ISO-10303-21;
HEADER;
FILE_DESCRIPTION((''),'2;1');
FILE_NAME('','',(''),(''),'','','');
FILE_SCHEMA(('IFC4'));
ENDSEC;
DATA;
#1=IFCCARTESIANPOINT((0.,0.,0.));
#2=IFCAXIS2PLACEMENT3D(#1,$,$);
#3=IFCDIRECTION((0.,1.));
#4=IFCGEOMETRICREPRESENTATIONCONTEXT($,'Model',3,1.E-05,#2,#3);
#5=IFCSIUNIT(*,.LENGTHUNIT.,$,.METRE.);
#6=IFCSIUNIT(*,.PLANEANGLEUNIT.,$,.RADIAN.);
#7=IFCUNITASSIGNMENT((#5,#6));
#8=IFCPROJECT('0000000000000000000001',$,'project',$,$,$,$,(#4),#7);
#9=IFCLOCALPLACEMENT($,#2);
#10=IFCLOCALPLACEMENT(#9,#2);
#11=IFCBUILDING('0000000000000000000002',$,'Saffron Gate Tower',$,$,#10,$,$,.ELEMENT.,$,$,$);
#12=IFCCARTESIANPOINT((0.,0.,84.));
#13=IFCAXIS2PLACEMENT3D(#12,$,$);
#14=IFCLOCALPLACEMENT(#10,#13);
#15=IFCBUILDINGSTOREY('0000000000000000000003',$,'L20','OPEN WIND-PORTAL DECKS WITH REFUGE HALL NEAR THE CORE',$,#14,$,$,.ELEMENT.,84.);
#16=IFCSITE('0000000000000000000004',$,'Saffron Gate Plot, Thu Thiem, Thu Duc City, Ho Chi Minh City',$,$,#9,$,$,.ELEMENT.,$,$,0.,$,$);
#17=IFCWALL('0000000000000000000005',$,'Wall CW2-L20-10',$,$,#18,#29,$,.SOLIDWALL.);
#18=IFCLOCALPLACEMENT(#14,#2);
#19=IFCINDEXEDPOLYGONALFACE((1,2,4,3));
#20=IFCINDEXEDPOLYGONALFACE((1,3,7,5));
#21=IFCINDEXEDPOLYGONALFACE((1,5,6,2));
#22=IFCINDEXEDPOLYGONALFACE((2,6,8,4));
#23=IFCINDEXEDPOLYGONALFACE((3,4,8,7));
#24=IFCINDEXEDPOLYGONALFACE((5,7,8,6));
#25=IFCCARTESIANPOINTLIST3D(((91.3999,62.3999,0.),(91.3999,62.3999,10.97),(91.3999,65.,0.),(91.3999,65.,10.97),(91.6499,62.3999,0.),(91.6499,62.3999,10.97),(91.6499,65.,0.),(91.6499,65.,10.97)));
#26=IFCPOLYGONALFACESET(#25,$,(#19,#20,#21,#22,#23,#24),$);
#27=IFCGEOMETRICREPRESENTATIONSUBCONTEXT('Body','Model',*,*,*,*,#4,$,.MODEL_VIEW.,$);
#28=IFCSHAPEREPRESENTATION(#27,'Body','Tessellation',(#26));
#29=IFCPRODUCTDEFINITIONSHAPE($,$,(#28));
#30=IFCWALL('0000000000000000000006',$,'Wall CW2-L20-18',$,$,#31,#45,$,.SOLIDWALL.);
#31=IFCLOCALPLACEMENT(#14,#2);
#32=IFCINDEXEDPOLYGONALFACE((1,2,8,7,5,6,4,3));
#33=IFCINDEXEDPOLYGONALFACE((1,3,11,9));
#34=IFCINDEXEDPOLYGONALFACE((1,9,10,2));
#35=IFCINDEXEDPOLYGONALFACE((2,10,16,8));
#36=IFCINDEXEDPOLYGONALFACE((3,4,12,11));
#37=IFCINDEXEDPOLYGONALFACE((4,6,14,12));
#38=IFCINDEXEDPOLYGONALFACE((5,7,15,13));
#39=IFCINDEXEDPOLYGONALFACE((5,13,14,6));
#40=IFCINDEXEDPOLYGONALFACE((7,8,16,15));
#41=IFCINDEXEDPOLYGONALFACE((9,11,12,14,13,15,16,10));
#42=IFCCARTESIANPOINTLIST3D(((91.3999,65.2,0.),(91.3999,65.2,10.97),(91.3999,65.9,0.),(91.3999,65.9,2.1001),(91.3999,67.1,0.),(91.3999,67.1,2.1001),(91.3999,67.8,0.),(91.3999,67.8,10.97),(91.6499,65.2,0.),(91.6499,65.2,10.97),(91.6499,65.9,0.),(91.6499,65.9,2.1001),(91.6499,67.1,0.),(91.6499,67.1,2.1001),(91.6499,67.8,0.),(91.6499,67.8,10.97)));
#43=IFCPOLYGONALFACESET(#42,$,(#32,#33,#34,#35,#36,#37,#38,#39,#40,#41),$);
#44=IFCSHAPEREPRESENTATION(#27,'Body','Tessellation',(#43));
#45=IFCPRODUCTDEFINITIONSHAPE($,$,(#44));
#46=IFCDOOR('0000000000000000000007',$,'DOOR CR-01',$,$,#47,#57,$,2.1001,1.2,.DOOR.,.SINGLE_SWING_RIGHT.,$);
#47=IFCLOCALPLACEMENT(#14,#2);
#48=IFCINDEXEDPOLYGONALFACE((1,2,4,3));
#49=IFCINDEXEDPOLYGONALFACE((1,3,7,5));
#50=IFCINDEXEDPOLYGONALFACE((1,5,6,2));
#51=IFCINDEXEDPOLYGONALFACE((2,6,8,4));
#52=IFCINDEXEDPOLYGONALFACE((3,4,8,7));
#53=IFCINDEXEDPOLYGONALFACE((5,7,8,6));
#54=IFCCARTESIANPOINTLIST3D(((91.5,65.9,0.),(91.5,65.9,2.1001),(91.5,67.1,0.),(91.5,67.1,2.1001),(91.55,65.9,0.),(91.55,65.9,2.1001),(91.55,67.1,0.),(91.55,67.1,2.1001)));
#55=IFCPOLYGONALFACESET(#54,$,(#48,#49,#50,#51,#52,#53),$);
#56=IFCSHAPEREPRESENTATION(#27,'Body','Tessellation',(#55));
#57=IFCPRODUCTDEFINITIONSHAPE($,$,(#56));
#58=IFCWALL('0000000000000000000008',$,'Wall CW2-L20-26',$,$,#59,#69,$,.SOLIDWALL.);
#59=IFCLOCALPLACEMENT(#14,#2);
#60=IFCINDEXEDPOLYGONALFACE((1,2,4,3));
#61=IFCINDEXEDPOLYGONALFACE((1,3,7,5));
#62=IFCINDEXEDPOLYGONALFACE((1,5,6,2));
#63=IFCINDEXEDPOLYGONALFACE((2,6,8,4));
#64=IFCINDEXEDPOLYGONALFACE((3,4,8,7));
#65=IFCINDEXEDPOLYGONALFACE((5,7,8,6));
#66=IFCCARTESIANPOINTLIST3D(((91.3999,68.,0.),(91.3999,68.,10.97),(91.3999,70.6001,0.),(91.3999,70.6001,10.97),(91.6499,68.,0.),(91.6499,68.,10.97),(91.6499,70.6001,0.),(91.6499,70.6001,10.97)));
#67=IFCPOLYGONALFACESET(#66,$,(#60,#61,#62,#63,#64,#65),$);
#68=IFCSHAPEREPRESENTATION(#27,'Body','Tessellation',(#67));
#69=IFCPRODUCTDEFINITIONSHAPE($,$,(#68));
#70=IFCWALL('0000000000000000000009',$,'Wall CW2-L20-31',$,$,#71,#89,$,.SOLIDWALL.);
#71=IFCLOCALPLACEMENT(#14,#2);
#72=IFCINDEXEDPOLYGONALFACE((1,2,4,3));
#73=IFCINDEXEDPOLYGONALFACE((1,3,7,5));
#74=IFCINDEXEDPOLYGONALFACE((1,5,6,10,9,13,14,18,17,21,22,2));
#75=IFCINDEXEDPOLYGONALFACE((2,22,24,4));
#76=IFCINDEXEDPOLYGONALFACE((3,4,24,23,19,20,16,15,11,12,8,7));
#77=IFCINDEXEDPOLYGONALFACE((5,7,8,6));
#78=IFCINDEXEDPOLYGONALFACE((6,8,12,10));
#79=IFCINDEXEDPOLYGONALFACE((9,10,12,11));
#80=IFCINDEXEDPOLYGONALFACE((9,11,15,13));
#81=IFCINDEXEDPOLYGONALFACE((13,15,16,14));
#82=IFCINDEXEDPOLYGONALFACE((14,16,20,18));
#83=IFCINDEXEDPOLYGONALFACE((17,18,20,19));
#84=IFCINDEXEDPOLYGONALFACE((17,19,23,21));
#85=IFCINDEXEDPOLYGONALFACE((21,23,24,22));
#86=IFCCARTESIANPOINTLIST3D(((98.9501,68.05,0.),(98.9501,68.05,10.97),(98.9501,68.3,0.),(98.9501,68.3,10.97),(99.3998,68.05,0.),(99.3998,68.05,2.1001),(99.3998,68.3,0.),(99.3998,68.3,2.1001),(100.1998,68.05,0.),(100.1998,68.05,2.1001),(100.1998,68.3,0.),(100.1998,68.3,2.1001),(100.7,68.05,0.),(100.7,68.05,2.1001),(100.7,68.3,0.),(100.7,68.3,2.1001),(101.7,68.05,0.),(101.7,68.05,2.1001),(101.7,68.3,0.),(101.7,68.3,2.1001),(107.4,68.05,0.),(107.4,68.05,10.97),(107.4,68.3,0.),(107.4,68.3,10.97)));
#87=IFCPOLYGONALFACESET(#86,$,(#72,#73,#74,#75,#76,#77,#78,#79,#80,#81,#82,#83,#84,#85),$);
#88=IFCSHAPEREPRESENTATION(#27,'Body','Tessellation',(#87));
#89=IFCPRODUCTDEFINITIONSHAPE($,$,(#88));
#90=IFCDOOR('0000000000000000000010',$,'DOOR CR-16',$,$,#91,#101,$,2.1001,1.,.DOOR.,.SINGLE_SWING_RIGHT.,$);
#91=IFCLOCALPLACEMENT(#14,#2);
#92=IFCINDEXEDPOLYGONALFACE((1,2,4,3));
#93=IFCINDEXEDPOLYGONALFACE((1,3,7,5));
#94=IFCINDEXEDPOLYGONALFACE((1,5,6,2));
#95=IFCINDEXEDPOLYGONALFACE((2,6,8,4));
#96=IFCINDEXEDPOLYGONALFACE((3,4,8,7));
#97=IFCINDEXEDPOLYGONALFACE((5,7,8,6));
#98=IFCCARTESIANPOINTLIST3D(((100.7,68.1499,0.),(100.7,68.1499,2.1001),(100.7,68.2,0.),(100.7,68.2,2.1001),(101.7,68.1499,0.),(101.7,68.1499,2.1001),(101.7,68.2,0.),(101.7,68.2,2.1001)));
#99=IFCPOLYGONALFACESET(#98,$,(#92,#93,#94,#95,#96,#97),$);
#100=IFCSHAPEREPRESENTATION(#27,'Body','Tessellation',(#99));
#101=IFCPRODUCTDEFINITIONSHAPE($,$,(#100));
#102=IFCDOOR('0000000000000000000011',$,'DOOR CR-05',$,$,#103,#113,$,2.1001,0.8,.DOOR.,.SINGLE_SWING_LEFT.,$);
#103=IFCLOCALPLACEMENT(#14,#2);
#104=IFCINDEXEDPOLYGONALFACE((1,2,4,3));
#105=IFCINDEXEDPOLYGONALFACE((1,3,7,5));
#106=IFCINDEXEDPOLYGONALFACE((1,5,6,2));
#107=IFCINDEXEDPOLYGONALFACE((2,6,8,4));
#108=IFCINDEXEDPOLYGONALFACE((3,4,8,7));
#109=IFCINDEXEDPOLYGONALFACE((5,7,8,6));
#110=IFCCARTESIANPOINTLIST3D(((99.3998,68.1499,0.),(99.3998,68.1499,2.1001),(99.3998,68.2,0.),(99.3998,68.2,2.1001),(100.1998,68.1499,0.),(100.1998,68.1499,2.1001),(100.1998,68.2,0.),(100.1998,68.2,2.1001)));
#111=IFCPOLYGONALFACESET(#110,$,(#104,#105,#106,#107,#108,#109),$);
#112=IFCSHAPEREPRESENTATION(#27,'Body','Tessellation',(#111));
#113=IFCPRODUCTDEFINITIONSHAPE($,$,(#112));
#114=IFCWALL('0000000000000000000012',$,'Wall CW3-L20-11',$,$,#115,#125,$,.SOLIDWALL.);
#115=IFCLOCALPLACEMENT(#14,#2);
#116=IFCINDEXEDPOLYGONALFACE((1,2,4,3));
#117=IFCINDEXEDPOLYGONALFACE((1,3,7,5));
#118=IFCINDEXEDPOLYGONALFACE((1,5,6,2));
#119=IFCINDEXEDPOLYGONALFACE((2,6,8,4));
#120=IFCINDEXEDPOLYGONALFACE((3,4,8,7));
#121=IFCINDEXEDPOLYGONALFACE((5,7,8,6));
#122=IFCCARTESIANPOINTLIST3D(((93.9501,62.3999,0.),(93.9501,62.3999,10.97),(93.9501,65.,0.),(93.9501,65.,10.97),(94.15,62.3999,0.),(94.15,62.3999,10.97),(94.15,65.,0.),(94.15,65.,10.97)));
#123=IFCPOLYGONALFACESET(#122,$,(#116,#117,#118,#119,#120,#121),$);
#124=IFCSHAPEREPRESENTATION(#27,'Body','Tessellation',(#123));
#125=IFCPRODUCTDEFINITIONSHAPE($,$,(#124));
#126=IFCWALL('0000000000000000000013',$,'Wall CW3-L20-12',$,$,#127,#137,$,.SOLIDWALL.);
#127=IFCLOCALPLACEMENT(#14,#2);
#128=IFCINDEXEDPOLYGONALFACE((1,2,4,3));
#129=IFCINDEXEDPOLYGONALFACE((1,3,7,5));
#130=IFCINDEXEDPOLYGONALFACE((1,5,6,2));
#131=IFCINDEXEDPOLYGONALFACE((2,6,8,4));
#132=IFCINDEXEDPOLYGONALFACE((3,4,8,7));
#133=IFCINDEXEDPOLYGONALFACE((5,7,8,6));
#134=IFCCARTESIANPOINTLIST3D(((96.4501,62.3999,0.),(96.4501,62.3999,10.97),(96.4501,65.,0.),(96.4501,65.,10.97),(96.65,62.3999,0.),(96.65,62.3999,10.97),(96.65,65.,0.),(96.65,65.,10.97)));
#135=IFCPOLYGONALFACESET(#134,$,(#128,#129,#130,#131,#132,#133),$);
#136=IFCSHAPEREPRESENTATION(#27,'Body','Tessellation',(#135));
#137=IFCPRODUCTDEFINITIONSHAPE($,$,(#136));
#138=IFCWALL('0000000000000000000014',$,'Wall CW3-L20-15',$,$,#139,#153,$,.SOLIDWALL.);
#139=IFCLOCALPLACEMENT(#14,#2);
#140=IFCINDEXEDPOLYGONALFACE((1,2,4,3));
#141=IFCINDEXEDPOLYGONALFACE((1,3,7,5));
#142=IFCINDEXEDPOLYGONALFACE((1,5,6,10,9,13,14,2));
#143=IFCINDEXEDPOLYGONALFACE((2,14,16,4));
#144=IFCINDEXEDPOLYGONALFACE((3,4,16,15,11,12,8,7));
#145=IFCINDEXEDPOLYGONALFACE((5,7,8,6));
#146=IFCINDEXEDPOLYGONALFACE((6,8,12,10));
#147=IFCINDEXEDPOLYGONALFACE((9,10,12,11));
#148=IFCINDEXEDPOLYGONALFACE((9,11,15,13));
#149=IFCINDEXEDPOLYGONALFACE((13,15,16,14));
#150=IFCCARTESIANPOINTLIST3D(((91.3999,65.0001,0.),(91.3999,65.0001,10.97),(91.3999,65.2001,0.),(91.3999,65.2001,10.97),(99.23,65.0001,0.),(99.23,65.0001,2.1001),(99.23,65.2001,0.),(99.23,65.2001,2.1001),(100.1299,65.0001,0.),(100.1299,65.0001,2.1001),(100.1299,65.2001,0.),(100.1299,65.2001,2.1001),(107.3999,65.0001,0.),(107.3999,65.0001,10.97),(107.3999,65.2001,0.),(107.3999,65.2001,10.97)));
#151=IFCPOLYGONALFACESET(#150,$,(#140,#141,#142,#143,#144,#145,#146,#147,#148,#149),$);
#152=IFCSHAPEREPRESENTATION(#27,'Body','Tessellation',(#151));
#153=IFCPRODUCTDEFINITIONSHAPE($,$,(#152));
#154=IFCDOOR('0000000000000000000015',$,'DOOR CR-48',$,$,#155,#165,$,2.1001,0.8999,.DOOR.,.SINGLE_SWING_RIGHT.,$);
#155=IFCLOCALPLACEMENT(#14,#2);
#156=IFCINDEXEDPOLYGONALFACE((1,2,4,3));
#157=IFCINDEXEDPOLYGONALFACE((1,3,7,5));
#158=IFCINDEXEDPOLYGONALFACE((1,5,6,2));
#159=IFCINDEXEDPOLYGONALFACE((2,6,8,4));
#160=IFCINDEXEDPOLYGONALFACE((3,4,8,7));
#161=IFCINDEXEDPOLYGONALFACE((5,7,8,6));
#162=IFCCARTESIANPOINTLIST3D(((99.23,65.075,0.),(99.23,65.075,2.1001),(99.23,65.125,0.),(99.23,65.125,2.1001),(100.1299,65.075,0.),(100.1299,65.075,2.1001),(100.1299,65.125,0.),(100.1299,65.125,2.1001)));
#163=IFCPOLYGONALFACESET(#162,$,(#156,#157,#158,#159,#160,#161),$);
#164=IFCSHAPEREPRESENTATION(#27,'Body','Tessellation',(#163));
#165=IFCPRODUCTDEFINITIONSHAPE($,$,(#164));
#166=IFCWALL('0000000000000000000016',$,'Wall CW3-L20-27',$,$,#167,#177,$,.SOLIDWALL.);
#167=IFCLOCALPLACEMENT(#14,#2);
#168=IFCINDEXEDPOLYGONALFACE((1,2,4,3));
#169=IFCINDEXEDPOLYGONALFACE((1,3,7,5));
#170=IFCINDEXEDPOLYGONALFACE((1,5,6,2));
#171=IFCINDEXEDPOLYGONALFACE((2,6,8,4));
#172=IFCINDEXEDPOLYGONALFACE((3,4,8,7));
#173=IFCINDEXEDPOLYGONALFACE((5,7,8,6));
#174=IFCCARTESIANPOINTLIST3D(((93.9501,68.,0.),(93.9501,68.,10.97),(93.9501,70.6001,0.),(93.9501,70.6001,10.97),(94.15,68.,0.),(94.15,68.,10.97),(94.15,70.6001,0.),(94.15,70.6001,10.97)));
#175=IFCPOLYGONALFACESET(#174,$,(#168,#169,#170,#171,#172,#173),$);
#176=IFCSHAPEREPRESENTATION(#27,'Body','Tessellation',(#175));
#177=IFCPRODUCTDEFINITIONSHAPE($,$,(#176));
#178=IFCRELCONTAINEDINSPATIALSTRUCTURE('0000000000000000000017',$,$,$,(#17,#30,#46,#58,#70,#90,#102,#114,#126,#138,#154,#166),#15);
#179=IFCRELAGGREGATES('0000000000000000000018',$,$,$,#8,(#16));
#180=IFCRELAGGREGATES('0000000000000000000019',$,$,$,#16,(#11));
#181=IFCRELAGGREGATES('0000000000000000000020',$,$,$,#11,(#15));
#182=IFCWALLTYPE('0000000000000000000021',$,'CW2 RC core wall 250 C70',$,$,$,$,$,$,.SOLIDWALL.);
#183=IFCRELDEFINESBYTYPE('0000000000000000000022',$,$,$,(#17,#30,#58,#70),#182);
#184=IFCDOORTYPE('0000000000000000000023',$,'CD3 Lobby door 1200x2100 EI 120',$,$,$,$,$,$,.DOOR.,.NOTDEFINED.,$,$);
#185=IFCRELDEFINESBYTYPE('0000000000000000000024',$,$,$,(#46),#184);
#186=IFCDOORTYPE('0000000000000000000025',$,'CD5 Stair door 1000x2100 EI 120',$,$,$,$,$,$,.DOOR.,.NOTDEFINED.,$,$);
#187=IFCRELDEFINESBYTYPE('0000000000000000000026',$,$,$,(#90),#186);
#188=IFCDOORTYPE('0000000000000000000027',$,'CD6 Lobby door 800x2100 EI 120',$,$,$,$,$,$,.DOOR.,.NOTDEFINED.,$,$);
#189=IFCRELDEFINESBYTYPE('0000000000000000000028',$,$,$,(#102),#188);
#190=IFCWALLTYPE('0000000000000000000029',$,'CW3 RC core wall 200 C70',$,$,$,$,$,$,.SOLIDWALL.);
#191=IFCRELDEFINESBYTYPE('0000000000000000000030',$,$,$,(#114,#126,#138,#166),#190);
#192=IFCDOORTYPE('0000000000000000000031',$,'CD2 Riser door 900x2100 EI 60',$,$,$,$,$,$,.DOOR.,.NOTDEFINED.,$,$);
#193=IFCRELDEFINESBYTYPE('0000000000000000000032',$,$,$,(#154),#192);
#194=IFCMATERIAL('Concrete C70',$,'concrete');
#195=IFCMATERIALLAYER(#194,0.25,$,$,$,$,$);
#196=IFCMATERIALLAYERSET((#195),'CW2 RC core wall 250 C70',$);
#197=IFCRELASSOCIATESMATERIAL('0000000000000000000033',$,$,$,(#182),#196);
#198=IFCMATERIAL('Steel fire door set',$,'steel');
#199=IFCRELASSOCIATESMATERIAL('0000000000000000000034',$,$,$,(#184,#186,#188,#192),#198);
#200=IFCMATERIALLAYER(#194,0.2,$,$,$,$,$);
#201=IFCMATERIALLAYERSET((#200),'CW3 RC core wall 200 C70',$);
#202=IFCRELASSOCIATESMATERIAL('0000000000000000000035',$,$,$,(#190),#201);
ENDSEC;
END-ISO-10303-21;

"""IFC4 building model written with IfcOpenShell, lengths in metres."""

from ifc_helpers import new_model, si_unit, direction, frame, frame_2d, origin, place, context, subcontext, project, spatial, rectangle, extrude, material, layer, layer_set, type_object, element, fill, save


model = new_model("IFC4")

# Units and contexts
model_context = context("Model", 3, precision=1e-05, world=origin(), true_north=direction((0.0, 1.0)))
body_context = subcontext(model_context, "Body", "Model", "MODEL_VIEW")
ifc_project = project(units=[si_unit("LENGTHUNIT", "METRE"), si_unit("PLANEANGLEUNIT", "RADIAN")], contexts=[model_context])

# Site, building, storey
site_placement = place(None, origin())
site = spatial("IfcSite", under=ifc_project, at=site_placement, Name="Saffron Gate Plot, Thu Thiem, Thu Duc City, Ho Chi Minh City", CompositionType="ELEMENT", RefElevation=0.0)
building_placement = place(site_placement, origin())
building = spatial("IfcBuilding", under=site, at=building_placement, Name="Saffron Gate Tower", CompositionType="ELEMENT")
storey_placement = place(building_placement, frame((0.0, 0.0, 84.0)))
storey = spatial("IfcBuildingStorey", under=building, at=storey_placement, Name="L20", Description="OPEN WIND-PORTAL DECKS WITH REFUGE HALL NEAR THE CORE", CompositionType="ELEMENT", Elevation=84.0)

# Wall
ifc_material_1 = material(Name="Concrete C70", Category="concrete")
ifc_layer_1 = layer(ifc_material_1, 0.25)
ifc_layer_set_1 = layer_set([ifc_layer_1], Name="CW2 RC core wall 250 C70")
wall_type_1 = type_object("IfcWallType", Name="CW2 RC core wall 250 C70", PredefinedType="SOLIDWALL", material=ifc_layer_set_1)
wall_1_placement = place(storey_placement, frame((91.5249, 62.3999, 0.0), z_axis=(0.0, 0.0, 1.0), x_axis=(0.0, 1.0, 0.0)))
element("IfcWall", 1, at=wall_1_placement, inside=storey, type_object=wall_type_1, Name="Wall CW2-L20-10", PredefinedType="SOLIDWALL", context=body_context, shape_type="SweptSolid", body=[
    extrude(rectangle(XDim=2.6001, YDim=0.25, at=frame_2d((1.3, 0.0))), origin(), (0.0, 0.0, 1.0), 10.97),
])

# Wall, opening, door
wall_2_placement = place(storey_placement, frame((91.5249, 65.2, 0.0), z_axis=(0.0, 0.0, 1.0), x_axis=(0.0, 1.0, 0.0)))
wall_2 = element("IfcWall", 2, at=wall_2_placement, inside=storey, type_object=wall_type_1, Name="Wall CW2-L20-18", PredefinedType="SOLIDWALL", context=body_context, shape_type="SweptSolid", body=[
    extrude(rectangle(XDim=2.6001, YDim=0.25, at=frame_2d((1.3, 0.0))), origin(), (0.0, 0.0, 1.0), 10.97),
])
opening_1_placement = place(wall_2_placement, frame((0.7, 0.0, 0.0)))
opening_1 = element("IfcOpeningElement", 3, at=opening_1_placement, cuts=wall_2, PredefinedType="OPENING", context=body_context, shape_type="SweptSolid", body=[
    extrude(rectangle(XDim=1.2, YDim=2.1001, at=frame_2d((0.6001, 1.05))), frame((0.0, 0.135, 0.0), z_axis=(0.0, -1.0, 0.0), x_axis=(1.0, 0.0, 0.0)), (0.0, 0.0, 1.0), 0.27),
])
ifc_material_2 = material(Name="Steel fire door set", Category="steel")
door_type_1 = type_object("IfcDoorType", Name="CD3 Lobby door 1200x2100 EI 120", OperationType="NOTDEFINED", PredefinedType="DOOR", material=ifc_material_2)
door_1_placement = place(opening_1_placement, origin())
door_1 = element("IfcDoor", 4, at=door_1_placement, inside=storey, type_object=door_type_1, Name="DOOR CR-01", OperationType="SINGLE_SWING_RIGHT", OverallHeight=2.1001, OverallWidth=1.2, PredefinedType="DOOR", context=body_context, shape_type="SweptSolid", body=[
    extrude(rectangle(XDim=1.2, YDim=2.1001, at=frame_2d((0.6001, 1.05))), frame((0.0, 0.0249, 0.0), z_axis=(0.0, -1.0, 0.0), x_axis=(1.0, 0.0, 0.0)), (0.0, 0.0, 1.0), 0.05),
])
fill(opening_1, door_1)

# Wall
wall_3_placement = place(storey_placement, frame((91.5249, 68.0, 0.0), z_axis=(0.0, 0.0, 1.0), x_axis=(0.0, 1.0, 0.0)))
element("IfcWall", 5, at=wall_3_placement, inside=storey, type_object=wall_type_1, Name="Wall CW2-L20-26", PredefinedType="SOLIDWALL", context=body_context, shape_type="SweptSolid", body=[
    extrude(rectangle(XDim=2.6001, YDim=0.25, at=frame_2d((1.3, 0.0))), origin(), (0.0, 0.0, 1.0), 10.97),
])

# Wall, openings, doors
wall_4_placement = place(storey_placement, frame((98.95, 68.175, 0.0), z_axis=(0.0, 0.0, 1.0), x_axis=(1.0, 0.0, 0.0)))
wall_4 = element("IfcWall", 6, at=wall_4_placement, inside=storey, type_object=wall_type_1, Name="Wall CW2-L20-31", PredefinedType="SOLIDWALL", context=body_context, shape_type="SweptSolid", body=[
    extrude(rectangle(XDim=8.45, YDim=0.25, at=frame_2d((4.2251, 0.0))), origin(), (0.0, 0.0, 1.0), 10.97),
])
opening_2_placement = place(wall_4_placement, frame((0.45, 0.0, 0.0)))
opening_2 = element("IfcOpeningElement", 7, at=opening_2_placement, cuts=wall_4, PredefinedType="OPENING", context=body_context, shape_type="SweptSolid", body=[
    extrude(rectangle(XDim=0.8, YDim=2.1001, at=frame_2d((0.3999, 1.05))), frame((0.0, 0.135, 0.0), z_axis=(0.0, -1.0, 0.0), x_axis=(1.0, 0.0, 0.0)), (0.0, 0.0, 1.0), 0.27),
])
opening_3_placement = place(wall_4_placement, frame((1.75, 0.0, 0.0)))
opening_3 = element("IfcOpeningElement", 8, at=opening_3_placement, cuts=wall_4, PredefinedType="OPENING", context=body_context, shape_type="SweptSolid", body=[
    extrude(rectangle(XDim=1.0, YDim=2.1001, at=frame_2d((0.5, 1.05))), frame((0.0, 0.135, 0.0), z_axis=(0.0, -1.0, 0.0), x_axis=(1.0, 0.0, 0.0)), (0.0, 0.0, 1.0), 0.27),
])
door_type_2 = type_object("IfcDoorType", Name="CD5 Stair door 1000x2100 EI 120", OperationType="NOTDEFINED", PredefinedType="DOOR", material=ifc_material_2)
door_2_placement = place(opening_3_placement, origin())
door_2 = element("IfcDoor", 9, at=door_2_placement, inside=storey, type_object=door_type_2, Name="DOOR CR-16", OperationType="SINGLE_SWING_RIGHT", OverallHeight=2.1001, OverallWidth=1.0, PredefinedType="DOOR", context=body_context, shape_type="SweptSolid", body=[
    extrude(rectangle(XDim=1.0, YDim=2.1001, at=frame_2d((0.5, 1.05))), frame((0.0, 0.0249, 0.0), z_axis=(0.0, -1.0, 0.0), x_axis=(1.0, 0.0, 0.0)), (0.0, 0.0, 1.0), 0.05),
])
fill(opening_3, door_2)
door_type_3 = type_object("IfcDoorType", Name="CD6 Lobby door 800x2100 EI 120", OperationType="NOTDEFINED", PredefinedType="DOOR", material=ifc_material_2)
door_3_placement = place(opening_2_placement, origin())
door_3 = element("IfcDoor", 10, at=door_3_placement, inside=storey, type_object=door_type_3, Name="DOOR CR-05", OperationType="SINGLE_SWING_LEFT", OverallHeight=2.1001, OverallWidth=0.8, PredefinedType="DOOR", context=body_context, shape_type="SweptSolid", body=[
    extrude(rectangle(XDim=0.8, YDim=2.1001, at=frame_2d((0.3999, 1.05))), frame((0.0, 0.0249, 0.0), z_axis=(0.0, -1.0, 0.0), x_axis=(1.0, 0.0, 0.0)), (0.0, 0.0, 1.0), 0.05),
])
fill(opening_2, door_3)

# Walls
ifc_layer_2 = layer(ifc_material_1, 0.2)
ifc_layer_set_2 = layer_set([ifc_layer_2], Name="CW3 RC core wall 200 C70")
wall_type_2 = type_object("IfcWallType", Name="CW3 RC core wall 200 C70", PredefinedType="SOLIDWALL", material=ifc_layer_set_2)
for number, where, z_axis, x_axis, name in (
    (11, (94.05, 62.3999, 0.0), (0.0, 0.0, 1.0), (0.0, 1.0, 0.0), "Wall CW3-L20-11"),
    (12, (96.55, 62.3999, 0.0), (0.0, 0.0, 1.0), (0.0, 1.0, 0.0), "Wall CW3-L20-12"),
):
    element("IfcWall", number, at=place(storey_placement, frame(where, z_axis=z_axis, x_axis=x_axis)), inside=storey, type_object=wall_type_2, Name=name, PredefinedType="SOLIDWALL", context=body_context, shape_type="SweptSolid", body=[
        extrude(rectangle(XDim=2.6001, YDim=0.2, at=frame_2d((1.3, 0.0))), origin(), (0.0, 0.0, 1.0), 10.97),
    ])

# Wall, opening, door
wall_5_placement = place(storey_placement, frame((91.3999, 65.1001, 0.0), z_axis=(0.0, 0.0, 1.0), x_axis=(1.0, 0.0, 0.0)))
wall_5 = element("IfcWall", 13, at=wall_5_placement, inside=storey, type_object=wall_type_2, Name="Wall CW3-L20-15", PredefinedType="SOLIDWALL", context=body_context, shape_type="SweptSolid", body=[
    extrude(rectangle(XDim=16.0, YDim=0.2, at=frame_2d((8.0, 0.0))), origin(), (0.0, 0.0, 1.0), 10.97),
])
opening_4_placement = place(wall_5_placement, frame((7.8301, 0.0, 0.0)))
opening_4 = element("IfcOpeningElement", 14, at=opening_4_placement, cuts=wall_5, PredefinedType="OPENING", context=body_context, shape_type="SweptSolid", body=[
    extrude(rectangle(XDim=0.8999, YDim=2.1001, at=frame_2d((0.45, 1.05))), frame((0.0, 0.1099, 0.0), z_axis=(0.0, -1.0, 0.0), x_axis=(1.0, 0.0, 0.0)), (0.0, 0.0, 1.0), 0.22),
])
door_type_4 = type_object("IfcDoorType", Name="CD2 Riser door 900x2100 EI 60", OperationType="NOTDEFINED", PredefinedType="DOOR", material=ifc_material_2)
door_4_placement = place(opening_4_placement, origin())
door_4 = element("IfcDoor", 15, at=door_4_placement, inside=storey, type_object=door_type_4, Name="DOOR CR-48", OperationType="SINGLE_SWING_RIGHT", OverallHeight=2.1001, OverallWidth=0.8999, PredefinedType="DOOR", context=body_context, shape_type="SweptSolid", body=[
    extrude(rectangle(XDim=0.8999, YDim=2.1001, at=frame_2d((0.45, 1.05))), frame((0.0, 0.0249, 0.0), z_axis=(0.0, -1.0, 0.0), x_axis=(1.0, 0.0, 0.0)), (0.0, 0.0, 1.0), 0.05),
])
fill(opening_4, door_4)

# Wall
for number, where, z_axis, x_axis, name in (
    (16, (94.05, 68.0, 0.0), (0.0, 0.0, 1.0), (0.0, 1.0, 0.0), "Wall CW3-L20-27"),
):
    element("IfcWall", number, at=place(storey_placement, frame(where, z_axis=z_axis, x_axis=x_axis)), inside=storey, type_object=wall_type_2, Name=name, PredefinedType="SOLIDWALL", context=body_context, shape_type="SweptSolid", body=[
        extrude(rectangle(XDim=2.6001, YDim=0.2, at=frame_2d((1.3, 0.0))), origin(), (0.0, 0.0, 1.0), 10.97),
    ])

save(model, "model.ifc")
